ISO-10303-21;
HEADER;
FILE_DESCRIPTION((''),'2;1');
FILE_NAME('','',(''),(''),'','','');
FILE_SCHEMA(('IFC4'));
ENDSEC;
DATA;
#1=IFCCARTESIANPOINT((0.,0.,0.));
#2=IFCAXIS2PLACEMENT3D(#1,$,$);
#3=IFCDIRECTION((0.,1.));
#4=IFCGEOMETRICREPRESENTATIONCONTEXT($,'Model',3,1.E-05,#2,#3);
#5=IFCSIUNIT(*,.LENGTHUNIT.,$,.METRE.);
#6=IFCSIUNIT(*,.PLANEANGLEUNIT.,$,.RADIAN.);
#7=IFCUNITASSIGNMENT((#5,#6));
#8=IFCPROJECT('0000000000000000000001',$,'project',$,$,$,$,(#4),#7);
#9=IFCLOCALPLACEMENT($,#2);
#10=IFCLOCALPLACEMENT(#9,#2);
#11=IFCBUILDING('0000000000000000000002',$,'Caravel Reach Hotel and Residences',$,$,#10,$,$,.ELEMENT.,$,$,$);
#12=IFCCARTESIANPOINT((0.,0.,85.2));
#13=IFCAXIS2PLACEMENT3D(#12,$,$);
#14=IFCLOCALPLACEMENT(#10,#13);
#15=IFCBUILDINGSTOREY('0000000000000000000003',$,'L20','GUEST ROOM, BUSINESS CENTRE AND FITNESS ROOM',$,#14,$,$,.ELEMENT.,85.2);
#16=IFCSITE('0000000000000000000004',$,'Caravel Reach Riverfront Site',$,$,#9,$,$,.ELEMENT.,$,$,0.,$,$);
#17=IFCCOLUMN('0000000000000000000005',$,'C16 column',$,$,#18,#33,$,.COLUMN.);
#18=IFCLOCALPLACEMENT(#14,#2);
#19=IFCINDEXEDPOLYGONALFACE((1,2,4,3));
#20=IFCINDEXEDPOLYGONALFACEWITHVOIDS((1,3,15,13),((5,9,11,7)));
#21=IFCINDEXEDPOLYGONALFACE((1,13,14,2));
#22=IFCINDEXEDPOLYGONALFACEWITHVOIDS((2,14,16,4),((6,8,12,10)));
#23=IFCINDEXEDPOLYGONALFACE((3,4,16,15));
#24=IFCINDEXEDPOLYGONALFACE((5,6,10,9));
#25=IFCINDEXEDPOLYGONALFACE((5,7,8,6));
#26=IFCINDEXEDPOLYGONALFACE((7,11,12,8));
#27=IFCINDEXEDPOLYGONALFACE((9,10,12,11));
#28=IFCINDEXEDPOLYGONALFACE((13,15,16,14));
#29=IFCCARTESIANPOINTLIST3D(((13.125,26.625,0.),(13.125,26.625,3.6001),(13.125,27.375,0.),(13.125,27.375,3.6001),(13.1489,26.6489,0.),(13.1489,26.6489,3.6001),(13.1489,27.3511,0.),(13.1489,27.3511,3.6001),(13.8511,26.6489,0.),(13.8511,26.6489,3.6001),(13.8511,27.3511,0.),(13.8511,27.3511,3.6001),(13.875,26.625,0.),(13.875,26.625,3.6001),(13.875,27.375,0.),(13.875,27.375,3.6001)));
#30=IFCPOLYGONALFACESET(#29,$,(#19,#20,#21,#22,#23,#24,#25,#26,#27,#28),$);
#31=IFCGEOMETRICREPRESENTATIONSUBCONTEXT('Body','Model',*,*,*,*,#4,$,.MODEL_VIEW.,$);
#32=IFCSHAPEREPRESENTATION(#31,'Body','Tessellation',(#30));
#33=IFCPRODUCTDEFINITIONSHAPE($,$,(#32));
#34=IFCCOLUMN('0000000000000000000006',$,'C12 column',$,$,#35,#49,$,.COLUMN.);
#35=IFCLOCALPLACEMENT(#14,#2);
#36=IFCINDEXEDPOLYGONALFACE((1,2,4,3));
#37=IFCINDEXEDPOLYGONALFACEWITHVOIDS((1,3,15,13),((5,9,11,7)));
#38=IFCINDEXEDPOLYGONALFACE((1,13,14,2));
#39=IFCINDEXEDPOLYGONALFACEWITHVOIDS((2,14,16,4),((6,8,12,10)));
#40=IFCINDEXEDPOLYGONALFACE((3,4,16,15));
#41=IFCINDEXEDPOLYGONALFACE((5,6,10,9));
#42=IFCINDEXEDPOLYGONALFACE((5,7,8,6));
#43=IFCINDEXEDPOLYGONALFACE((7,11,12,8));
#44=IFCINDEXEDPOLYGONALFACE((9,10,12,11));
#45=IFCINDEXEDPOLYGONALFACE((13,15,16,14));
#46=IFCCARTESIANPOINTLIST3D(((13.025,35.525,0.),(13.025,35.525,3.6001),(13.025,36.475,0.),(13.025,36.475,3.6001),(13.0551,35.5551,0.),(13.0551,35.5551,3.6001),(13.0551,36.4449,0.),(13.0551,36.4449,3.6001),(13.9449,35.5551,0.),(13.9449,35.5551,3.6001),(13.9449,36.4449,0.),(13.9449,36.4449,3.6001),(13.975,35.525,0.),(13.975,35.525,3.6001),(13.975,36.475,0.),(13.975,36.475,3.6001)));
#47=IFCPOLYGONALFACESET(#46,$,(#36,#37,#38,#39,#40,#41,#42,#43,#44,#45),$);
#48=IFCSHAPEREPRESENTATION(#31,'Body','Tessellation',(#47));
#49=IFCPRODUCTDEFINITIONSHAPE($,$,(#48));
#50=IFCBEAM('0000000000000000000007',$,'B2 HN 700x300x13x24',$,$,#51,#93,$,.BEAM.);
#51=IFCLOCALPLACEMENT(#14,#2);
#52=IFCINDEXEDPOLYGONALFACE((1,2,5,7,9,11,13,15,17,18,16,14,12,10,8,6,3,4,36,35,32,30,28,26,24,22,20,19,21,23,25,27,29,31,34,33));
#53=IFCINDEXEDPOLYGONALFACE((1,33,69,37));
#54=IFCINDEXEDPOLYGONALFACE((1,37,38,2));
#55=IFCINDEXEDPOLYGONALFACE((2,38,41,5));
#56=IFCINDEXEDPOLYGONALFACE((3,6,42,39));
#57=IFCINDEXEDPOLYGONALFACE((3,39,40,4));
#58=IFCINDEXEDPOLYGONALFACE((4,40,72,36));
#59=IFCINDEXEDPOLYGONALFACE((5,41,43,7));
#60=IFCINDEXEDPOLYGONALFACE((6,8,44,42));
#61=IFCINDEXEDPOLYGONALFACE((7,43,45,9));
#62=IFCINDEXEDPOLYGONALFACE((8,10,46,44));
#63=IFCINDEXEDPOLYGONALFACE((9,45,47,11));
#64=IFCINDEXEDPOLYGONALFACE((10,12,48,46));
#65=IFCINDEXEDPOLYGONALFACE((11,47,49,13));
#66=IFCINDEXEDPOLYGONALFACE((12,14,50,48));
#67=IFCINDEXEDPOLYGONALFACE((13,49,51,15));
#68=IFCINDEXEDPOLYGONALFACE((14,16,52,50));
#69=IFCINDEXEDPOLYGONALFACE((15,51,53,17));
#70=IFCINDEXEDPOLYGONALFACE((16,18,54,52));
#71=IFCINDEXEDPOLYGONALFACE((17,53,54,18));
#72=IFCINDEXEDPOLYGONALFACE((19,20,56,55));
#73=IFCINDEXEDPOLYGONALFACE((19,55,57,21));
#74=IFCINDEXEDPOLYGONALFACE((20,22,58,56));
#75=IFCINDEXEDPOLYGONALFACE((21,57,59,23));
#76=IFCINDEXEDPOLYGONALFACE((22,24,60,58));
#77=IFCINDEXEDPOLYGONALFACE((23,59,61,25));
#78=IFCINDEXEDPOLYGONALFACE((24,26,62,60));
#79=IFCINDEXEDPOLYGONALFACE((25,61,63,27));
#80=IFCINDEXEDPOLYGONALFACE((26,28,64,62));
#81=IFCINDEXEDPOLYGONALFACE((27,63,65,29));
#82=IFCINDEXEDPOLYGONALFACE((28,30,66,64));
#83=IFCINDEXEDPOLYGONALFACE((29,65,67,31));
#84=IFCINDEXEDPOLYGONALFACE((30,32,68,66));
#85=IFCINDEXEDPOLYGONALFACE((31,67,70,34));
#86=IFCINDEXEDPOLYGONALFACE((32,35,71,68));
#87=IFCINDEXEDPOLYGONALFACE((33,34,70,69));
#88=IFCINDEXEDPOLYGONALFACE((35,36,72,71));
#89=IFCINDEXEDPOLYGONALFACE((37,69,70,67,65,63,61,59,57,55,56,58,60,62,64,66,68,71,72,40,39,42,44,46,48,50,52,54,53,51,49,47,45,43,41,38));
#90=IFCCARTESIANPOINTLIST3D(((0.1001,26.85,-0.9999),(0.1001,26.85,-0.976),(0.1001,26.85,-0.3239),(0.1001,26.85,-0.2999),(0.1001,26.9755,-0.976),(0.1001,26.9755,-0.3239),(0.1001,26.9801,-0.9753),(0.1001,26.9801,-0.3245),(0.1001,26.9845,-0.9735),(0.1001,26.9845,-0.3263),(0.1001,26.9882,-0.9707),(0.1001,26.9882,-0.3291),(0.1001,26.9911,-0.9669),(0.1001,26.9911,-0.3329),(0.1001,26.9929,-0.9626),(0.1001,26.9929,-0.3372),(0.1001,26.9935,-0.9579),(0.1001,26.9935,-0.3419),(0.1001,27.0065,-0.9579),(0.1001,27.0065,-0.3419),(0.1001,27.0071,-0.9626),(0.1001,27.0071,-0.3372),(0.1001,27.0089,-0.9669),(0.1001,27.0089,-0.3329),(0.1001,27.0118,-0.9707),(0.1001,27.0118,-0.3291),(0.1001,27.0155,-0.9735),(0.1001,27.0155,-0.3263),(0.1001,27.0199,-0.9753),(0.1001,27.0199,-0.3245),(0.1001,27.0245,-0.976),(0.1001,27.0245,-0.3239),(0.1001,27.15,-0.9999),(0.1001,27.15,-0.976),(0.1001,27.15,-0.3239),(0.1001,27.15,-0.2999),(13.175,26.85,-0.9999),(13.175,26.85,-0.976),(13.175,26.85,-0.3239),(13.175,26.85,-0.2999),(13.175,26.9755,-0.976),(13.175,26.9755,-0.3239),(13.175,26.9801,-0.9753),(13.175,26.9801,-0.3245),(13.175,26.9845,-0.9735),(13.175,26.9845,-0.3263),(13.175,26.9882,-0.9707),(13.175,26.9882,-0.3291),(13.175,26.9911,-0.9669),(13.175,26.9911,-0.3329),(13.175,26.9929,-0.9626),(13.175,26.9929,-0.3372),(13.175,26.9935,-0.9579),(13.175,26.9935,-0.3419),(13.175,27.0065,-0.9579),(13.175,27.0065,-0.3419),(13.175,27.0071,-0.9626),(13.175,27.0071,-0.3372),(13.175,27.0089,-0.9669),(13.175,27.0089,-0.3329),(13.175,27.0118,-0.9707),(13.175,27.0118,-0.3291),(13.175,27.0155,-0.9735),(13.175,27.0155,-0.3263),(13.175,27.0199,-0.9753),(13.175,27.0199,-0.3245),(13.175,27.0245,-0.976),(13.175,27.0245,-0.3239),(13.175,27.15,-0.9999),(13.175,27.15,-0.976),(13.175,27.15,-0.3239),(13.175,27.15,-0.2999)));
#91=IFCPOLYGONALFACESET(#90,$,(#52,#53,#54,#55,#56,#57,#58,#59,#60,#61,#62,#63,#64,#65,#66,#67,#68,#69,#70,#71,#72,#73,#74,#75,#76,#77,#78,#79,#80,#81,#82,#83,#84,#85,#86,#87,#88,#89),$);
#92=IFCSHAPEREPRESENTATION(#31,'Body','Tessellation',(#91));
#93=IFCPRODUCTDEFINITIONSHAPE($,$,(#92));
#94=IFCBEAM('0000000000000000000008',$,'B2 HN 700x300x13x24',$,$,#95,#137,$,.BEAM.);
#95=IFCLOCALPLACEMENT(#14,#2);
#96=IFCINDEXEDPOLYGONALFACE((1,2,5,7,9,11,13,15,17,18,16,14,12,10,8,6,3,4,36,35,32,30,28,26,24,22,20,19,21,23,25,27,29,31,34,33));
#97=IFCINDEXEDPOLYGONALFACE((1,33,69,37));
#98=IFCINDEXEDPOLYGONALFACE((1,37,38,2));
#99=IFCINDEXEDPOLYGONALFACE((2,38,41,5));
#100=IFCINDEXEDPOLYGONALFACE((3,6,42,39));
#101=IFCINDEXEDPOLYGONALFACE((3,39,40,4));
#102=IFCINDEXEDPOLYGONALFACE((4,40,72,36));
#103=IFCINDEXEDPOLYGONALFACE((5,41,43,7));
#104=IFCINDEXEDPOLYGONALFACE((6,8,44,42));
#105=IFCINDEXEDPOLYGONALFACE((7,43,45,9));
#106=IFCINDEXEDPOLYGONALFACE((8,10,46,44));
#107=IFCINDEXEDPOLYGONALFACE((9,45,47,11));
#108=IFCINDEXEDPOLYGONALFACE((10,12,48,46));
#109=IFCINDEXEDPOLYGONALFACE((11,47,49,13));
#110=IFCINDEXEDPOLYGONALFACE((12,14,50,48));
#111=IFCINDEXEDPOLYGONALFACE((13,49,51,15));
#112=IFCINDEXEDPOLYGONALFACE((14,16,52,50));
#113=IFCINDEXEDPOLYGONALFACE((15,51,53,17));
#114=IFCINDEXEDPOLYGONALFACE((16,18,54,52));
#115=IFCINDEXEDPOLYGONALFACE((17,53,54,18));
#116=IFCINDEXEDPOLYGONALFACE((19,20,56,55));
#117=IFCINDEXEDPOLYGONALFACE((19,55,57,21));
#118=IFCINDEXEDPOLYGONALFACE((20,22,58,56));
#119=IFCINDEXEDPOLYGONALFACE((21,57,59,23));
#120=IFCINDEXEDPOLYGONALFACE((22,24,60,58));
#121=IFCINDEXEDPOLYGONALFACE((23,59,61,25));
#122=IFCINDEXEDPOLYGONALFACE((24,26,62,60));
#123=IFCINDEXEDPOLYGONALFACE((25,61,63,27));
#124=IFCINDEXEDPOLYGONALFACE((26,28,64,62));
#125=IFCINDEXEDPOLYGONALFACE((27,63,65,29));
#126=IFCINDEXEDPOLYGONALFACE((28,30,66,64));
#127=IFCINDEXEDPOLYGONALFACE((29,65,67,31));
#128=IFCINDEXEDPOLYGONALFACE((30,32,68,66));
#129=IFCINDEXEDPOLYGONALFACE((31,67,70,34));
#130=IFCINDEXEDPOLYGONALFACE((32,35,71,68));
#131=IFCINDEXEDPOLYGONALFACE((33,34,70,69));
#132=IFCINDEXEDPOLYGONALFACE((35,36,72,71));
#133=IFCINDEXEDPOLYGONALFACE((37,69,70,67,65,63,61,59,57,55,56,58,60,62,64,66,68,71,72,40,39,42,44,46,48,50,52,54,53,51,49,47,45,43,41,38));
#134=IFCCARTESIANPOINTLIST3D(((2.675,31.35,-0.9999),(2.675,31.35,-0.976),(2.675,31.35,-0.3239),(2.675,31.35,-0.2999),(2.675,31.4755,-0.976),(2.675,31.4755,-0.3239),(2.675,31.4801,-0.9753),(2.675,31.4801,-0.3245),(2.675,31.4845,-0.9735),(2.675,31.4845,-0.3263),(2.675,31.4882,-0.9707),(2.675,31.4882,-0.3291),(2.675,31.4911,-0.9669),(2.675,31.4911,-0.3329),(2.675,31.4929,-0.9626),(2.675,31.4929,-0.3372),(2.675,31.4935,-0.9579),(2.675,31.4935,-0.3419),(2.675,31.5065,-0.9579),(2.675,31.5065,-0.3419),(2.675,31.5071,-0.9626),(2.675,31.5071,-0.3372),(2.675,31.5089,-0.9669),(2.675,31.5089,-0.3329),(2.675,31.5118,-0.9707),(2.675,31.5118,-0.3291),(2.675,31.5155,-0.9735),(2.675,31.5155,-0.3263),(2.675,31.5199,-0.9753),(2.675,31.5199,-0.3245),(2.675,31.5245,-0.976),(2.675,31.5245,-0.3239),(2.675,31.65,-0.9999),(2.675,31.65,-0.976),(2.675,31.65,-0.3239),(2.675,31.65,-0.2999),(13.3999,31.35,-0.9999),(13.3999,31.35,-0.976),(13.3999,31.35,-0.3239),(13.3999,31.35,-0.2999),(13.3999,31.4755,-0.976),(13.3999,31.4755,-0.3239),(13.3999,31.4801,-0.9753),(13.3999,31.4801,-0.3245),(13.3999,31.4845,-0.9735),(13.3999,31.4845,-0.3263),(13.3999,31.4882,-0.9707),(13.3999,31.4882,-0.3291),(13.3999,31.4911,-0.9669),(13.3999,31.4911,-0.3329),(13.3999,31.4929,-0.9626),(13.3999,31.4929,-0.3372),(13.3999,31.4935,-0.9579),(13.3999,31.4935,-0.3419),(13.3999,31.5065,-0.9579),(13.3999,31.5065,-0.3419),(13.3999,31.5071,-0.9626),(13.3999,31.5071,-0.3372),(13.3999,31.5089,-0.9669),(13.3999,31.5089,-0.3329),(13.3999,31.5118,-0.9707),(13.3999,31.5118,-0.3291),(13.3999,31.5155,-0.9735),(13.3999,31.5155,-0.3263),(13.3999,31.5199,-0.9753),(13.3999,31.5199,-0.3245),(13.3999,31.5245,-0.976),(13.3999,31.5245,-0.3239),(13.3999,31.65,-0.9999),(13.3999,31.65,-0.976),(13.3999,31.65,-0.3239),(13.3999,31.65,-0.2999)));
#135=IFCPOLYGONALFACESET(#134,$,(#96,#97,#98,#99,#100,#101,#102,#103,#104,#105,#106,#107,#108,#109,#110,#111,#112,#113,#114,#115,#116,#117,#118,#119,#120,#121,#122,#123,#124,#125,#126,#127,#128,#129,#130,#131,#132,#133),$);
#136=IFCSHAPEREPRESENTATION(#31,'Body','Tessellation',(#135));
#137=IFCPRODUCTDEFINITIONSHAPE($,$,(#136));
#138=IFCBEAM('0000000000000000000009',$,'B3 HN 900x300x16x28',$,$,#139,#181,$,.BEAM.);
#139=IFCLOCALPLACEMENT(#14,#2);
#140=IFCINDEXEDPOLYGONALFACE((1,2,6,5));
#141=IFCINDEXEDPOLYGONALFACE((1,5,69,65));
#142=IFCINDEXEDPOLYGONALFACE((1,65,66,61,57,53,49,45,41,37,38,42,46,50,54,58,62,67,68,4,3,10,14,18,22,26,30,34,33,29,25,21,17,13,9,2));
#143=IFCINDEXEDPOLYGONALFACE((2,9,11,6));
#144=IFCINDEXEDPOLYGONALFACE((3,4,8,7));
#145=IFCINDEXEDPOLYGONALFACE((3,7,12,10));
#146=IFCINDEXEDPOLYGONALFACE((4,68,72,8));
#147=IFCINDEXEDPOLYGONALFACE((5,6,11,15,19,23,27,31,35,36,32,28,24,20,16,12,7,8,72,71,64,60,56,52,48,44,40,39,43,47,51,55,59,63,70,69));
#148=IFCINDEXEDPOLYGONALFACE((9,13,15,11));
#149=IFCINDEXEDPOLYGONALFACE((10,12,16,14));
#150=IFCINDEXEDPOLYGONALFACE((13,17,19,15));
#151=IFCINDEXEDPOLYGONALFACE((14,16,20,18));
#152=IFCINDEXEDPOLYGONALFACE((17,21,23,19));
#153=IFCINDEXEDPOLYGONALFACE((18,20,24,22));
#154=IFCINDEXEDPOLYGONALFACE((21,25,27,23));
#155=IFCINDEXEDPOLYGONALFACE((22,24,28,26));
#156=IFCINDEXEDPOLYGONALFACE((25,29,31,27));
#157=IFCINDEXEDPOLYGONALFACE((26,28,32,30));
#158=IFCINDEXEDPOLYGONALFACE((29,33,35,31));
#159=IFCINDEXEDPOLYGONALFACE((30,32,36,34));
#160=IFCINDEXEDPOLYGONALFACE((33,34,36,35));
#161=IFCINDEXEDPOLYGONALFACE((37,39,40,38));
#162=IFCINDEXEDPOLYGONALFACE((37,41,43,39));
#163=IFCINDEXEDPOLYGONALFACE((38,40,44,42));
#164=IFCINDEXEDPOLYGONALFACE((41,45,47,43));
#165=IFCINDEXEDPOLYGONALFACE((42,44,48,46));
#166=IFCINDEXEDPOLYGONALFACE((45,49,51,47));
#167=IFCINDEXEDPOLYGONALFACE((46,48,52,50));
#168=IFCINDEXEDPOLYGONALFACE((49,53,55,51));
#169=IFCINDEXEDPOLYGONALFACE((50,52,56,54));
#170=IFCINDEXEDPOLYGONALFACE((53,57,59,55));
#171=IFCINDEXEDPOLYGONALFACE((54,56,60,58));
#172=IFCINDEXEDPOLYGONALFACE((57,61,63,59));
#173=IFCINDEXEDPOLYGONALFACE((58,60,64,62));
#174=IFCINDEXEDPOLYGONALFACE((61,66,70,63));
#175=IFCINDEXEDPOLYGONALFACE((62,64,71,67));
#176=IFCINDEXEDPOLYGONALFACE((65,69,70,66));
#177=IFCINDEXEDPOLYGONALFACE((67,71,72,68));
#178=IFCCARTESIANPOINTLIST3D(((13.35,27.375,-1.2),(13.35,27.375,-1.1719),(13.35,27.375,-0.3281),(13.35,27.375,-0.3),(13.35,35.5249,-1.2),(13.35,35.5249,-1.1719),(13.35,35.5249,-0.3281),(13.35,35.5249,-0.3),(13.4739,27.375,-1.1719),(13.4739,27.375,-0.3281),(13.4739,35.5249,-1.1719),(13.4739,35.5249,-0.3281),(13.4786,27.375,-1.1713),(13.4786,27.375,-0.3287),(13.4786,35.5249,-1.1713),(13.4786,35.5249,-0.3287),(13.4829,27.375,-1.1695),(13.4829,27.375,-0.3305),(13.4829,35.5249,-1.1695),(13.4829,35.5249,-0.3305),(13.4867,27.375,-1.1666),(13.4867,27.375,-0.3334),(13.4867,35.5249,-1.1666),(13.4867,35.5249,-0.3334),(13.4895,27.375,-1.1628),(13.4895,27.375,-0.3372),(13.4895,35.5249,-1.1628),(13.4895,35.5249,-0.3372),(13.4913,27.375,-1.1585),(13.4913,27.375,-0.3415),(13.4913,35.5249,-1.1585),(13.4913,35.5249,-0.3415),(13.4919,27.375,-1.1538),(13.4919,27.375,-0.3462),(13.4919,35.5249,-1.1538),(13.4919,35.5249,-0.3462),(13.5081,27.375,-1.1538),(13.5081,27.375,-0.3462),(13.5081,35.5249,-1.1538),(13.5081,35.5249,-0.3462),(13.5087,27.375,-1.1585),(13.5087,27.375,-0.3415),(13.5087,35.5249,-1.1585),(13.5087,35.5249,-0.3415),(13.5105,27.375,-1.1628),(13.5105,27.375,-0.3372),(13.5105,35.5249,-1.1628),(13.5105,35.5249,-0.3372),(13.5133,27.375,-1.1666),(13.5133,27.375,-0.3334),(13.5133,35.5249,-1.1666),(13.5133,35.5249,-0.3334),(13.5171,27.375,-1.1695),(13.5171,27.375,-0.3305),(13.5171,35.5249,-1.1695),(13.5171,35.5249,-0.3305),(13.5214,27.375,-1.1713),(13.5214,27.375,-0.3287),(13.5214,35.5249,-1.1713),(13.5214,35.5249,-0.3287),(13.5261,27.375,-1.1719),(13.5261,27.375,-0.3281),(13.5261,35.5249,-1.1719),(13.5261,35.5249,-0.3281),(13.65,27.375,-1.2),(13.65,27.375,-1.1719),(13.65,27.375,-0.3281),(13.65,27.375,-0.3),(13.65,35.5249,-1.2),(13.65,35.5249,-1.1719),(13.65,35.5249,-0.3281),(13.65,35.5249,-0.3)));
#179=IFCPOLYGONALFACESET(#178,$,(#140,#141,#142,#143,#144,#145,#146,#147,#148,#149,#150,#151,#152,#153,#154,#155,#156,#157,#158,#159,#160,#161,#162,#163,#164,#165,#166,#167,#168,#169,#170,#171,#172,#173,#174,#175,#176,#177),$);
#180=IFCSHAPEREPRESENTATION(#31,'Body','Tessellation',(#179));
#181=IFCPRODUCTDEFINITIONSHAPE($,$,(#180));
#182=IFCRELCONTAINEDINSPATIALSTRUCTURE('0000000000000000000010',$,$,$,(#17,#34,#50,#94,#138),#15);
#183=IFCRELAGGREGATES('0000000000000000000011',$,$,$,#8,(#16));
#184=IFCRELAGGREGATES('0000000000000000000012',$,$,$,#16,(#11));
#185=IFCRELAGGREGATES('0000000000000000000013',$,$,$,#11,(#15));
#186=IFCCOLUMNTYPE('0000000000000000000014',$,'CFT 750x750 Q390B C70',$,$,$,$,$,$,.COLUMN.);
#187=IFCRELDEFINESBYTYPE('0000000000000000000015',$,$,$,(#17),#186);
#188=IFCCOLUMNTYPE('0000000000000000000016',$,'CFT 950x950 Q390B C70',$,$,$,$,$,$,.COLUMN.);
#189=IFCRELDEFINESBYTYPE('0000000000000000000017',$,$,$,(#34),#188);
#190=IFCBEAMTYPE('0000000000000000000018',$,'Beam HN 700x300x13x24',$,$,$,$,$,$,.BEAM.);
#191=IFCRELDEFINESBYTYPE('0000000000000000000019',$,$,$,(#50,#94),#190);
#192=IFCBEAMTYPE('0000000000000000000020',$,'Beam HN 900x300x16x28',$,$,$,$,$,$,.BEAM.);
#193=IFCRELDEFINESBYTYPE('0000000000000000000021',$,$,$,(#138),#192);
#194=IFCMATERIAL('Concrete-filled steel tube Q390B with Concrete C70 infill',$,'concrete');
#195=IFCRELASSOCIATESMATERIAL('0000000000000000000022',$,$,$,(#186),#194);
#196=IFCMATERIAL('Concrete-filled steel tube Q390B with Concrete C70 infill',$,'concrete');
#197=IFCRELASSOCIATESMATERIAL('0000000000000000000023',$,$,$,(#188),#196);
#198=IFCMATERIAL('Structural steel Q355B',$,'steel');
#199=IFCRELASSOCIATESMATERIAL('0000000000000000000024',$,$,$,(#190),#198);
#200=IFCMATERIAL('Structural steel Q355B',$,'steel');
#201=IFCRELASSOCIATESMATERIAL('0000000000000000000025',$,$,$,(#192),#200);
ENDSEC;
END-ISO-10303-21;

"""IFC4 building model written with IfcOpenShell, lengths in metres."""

from ifc_helpers import new_model, si_unit, direction, frame, origin, origin_2d, place, context, subcontext, project, spatial, hollow_rectangle, i_section, extrude, material, material_profile, profile_set, type_object, element, save


model = new_model("IFC4")

# Units and contexts
model_context = context("Model", 3, precision=1e-05, world=origin(), true_north=direction((0.0, 1.0)))
body_context = subcontext(model_context, "Body", "Model", "MODEL_VIEW")
ifc_project = project(units=[si_unit("LENGTHUNIT", "METRE"), si_unit("PLANEANGLEUNIT", "RADIAN")], contexts=[model_context])

# Site, building, storey
site_placement = place(None, origin())
site = spatial("IfcSite", under=ifc_project, at=site_placement, Name="Caravel Reach Riverfront Site", CompositionType="ELEMENT", RefElevation=0.0)
building_placement = place(site_placement, origin())
building = spatial("IfcBuilding", under=site, at=building_placement, Name="Caravel Reach Hotel and Residences", CompositionType="ELEMENT")
storey_placement = place(building_placement, frame((0.0, 0.0, 85.2)))
storey = spatial("IfcBuildingStorey", under=building, at=storey_placement, Name="L20", Description="GUEST ROOM, BUSINESS CENTRE AND FITNESS ROOM", CompositionType="ELEMENT", Elevation=85.2)

# Columns
ifc_material_1 = material(Name="Concrete-filled steel tube Q390B with Concrete C70 infill", Category="concrete")
ifc_material_profile_1 = material_profile(ifc_material_1, hollow_rectangle(XDim=0.75, YDim=0.75, WallThickness=0.0239, at=origin_2d()), Name="RHS 750x750x24")
ifc_profile_set_1 = profile_set([ifc_material_profile_1], Name="Concrete-filled steel tube Q390B with Concrete C70 infill")
column_type_1 = type_object("IfcColumnType", Name="CFT 750x750 Q390B C70", PredefinedType="COLUMN", material=ifc_profile_set_1)
column_1_placement = place(storey_placement, frame((13.5, 27.0, 0.0), z_axis=(0.0, 0.0, 1.0), x_axis=(1.0, 0.0, 0.0)))
element("IfcColumn", 1, at=column_1_placement, inside=storey, type_object=column_type_1, Name="C16 column", PredefinedType="COLUMN", context=body_context, shape_type="SweptSolid", body=[
    extrude(hollow_rectangle(XDim=0.75, YDim=0.75, WallThickness=0.0239, at=origin_2d()), origin(), (0.0, 0.0, 1.0), 3.6001),
])
ifc_material_2 = material(Name="Concrete-filled steel tube Q390B with Concrete C70 infill", Category="concrete")
ifc_material_profile_2 = material_profile(ifc_material_2, hollow_rectangle(XDim=0.95, YDim=0.95, WallThickness=0.03, at=origin_2d()), Name="RHS 950x950x30")
ifc_profile_set_2 = profile_set([ifc_material_profile_2], Name="Concrete-filled steel tube Q390B with Concrete C70 infill")
column_type_2 = type_object("IfcColumnType", Name="CFT 950x950 Q390B C70", PredefinedType="COLUMN", material=ifc_profile_set_2)
column_2_placement = place(storey_placement, frame((13.5, 36.0, 0.0), z_axis=(0.0, 0.0, 1.0), x_axis=(1.0, 0.0, 0.0)))
element("IfcColumn", 2, at=column_2_placement, inside=storey, type_object=column_type_2, Name="C12 column", PredefinedType="COLUMN", context=body_context, shape_type="SweptSolid", body=[
    extrude(hollow_rectangle(XDim=0.95, YDim=0.95, WallThickness=0.03, at=origin_2d()), origin(), (0.0, 0.0, 1.0), 3.6001),
])

# Beams
ifc_material_3 = material(Name="Structural steel Q355B", Category="steel")
ifc_material_profile_3 = material_profile(ifc_material_3, i_section(OverallWidth=0.3, OverallDepth=0.7, WebThickness=0.0129, FlangeThickness=0.0239, FilletRadius=0.0181, at=origin_2d()), Name="HN 700x300x13x24")
ifc_profile_set_3 = profile_set([ifc_material_profile_3], Name="Structural steel Q355B")
beam_type_1 = type_object("IfcBeamType", Name="Beam HN 700x300x13x24", PredefinedType="BEAM", material=ifc_profile_set_3)
beam_1_placement = place(storey_placement, frame((13.175, 27.0, -0.6499), z_axis=(-1.0, 0.0, 0.0), x_axis=(0.0, -1.0, 0.0)))
element("IfcBeam", 3, at=beam_1_placement, inside=storey, type_object=beam_type_1, Name="B2 HN 700x300x13x24", PredefinedType="BEAM", context=body_context, shape_type="SweptSolid", body=[
    extrude(i_section(OverallWidth=0.3, OverallDepth=0.7, WebThickness=0.0129, FlangeThickness=0.0239, FilletRadius=0.0181, at=origin_2d()), origin(), (0.0, 0.0, 1.0), 13.075),
])
beam_2_placement = place(storey_placement, frame((13.3999, 31.5, -0.6499), z_axis=(-1.0, 0.0, 0.0), x_axis=(0.0, -1.0, 0.0)))
element("IfcBeam", 4, at=beam_2_placement, inside=storey, type_object=beam_type_1, Name="B2 HN 700x300x13x24", PredefinedType="BEAM", context=body_context, shape_type="SweptSolid", body=[
    extrude(i_section(OverallWidth=0.3, OverallDepth=0.7, WebThickness=0.0129, FlangeThickness=0.0239, FilletRadius=0.0181, at=origin_2d()), origin(), (0.0, 0.0, 1.0), 10.7249),
])
ifc_material_4 = material(Name="Structural steel Q355B", Category="steel")
ifc_material_profile_4 = material_profile(ifc_material_4, i_section(OverallWidth=0.3, OverallDepth=0.8999, WebThickness=0.0161, FlangeThickness=0.0281, FilletRadius=0.0181, at=origin_2d()), Name="HN 900x300x16x28")
ifc_profile_set_4 = profile_set([ifc_material_profile_4], Name="Structural steel Q355B")
beam_type_2 = type_object("IfcBeamType", Name="Beam HN 900x300x16x28", PredefinedType="BEAM", material=ifc_profile_set_4)
beam_3_placement = place(storey_placement, frame((13.5, 27.375, -0.75), z_axis=(0.0, 1.0, 0.0), x_axis=(-1.0, 0.0, 0.0)))
element("IfcBeam", 5, at=beam_3_placement, inside=storey, type_object=beam_type_2, Name="B3 HN 900x300x16x28", PredefinedType="BEAM", context=body_context, shape_type="SweptSolid", body=[
    extrude(i_section(OverallWidth=0.3, OverallDepth=0.8999, WebThickness=0.0161, FlangeThickness=0.0281, FilletRadius=0.0181, at=origin_2d()), origin(), (0.0, 0.0, 1.0), 8.1499),
])

save(model, "model.ifc")
